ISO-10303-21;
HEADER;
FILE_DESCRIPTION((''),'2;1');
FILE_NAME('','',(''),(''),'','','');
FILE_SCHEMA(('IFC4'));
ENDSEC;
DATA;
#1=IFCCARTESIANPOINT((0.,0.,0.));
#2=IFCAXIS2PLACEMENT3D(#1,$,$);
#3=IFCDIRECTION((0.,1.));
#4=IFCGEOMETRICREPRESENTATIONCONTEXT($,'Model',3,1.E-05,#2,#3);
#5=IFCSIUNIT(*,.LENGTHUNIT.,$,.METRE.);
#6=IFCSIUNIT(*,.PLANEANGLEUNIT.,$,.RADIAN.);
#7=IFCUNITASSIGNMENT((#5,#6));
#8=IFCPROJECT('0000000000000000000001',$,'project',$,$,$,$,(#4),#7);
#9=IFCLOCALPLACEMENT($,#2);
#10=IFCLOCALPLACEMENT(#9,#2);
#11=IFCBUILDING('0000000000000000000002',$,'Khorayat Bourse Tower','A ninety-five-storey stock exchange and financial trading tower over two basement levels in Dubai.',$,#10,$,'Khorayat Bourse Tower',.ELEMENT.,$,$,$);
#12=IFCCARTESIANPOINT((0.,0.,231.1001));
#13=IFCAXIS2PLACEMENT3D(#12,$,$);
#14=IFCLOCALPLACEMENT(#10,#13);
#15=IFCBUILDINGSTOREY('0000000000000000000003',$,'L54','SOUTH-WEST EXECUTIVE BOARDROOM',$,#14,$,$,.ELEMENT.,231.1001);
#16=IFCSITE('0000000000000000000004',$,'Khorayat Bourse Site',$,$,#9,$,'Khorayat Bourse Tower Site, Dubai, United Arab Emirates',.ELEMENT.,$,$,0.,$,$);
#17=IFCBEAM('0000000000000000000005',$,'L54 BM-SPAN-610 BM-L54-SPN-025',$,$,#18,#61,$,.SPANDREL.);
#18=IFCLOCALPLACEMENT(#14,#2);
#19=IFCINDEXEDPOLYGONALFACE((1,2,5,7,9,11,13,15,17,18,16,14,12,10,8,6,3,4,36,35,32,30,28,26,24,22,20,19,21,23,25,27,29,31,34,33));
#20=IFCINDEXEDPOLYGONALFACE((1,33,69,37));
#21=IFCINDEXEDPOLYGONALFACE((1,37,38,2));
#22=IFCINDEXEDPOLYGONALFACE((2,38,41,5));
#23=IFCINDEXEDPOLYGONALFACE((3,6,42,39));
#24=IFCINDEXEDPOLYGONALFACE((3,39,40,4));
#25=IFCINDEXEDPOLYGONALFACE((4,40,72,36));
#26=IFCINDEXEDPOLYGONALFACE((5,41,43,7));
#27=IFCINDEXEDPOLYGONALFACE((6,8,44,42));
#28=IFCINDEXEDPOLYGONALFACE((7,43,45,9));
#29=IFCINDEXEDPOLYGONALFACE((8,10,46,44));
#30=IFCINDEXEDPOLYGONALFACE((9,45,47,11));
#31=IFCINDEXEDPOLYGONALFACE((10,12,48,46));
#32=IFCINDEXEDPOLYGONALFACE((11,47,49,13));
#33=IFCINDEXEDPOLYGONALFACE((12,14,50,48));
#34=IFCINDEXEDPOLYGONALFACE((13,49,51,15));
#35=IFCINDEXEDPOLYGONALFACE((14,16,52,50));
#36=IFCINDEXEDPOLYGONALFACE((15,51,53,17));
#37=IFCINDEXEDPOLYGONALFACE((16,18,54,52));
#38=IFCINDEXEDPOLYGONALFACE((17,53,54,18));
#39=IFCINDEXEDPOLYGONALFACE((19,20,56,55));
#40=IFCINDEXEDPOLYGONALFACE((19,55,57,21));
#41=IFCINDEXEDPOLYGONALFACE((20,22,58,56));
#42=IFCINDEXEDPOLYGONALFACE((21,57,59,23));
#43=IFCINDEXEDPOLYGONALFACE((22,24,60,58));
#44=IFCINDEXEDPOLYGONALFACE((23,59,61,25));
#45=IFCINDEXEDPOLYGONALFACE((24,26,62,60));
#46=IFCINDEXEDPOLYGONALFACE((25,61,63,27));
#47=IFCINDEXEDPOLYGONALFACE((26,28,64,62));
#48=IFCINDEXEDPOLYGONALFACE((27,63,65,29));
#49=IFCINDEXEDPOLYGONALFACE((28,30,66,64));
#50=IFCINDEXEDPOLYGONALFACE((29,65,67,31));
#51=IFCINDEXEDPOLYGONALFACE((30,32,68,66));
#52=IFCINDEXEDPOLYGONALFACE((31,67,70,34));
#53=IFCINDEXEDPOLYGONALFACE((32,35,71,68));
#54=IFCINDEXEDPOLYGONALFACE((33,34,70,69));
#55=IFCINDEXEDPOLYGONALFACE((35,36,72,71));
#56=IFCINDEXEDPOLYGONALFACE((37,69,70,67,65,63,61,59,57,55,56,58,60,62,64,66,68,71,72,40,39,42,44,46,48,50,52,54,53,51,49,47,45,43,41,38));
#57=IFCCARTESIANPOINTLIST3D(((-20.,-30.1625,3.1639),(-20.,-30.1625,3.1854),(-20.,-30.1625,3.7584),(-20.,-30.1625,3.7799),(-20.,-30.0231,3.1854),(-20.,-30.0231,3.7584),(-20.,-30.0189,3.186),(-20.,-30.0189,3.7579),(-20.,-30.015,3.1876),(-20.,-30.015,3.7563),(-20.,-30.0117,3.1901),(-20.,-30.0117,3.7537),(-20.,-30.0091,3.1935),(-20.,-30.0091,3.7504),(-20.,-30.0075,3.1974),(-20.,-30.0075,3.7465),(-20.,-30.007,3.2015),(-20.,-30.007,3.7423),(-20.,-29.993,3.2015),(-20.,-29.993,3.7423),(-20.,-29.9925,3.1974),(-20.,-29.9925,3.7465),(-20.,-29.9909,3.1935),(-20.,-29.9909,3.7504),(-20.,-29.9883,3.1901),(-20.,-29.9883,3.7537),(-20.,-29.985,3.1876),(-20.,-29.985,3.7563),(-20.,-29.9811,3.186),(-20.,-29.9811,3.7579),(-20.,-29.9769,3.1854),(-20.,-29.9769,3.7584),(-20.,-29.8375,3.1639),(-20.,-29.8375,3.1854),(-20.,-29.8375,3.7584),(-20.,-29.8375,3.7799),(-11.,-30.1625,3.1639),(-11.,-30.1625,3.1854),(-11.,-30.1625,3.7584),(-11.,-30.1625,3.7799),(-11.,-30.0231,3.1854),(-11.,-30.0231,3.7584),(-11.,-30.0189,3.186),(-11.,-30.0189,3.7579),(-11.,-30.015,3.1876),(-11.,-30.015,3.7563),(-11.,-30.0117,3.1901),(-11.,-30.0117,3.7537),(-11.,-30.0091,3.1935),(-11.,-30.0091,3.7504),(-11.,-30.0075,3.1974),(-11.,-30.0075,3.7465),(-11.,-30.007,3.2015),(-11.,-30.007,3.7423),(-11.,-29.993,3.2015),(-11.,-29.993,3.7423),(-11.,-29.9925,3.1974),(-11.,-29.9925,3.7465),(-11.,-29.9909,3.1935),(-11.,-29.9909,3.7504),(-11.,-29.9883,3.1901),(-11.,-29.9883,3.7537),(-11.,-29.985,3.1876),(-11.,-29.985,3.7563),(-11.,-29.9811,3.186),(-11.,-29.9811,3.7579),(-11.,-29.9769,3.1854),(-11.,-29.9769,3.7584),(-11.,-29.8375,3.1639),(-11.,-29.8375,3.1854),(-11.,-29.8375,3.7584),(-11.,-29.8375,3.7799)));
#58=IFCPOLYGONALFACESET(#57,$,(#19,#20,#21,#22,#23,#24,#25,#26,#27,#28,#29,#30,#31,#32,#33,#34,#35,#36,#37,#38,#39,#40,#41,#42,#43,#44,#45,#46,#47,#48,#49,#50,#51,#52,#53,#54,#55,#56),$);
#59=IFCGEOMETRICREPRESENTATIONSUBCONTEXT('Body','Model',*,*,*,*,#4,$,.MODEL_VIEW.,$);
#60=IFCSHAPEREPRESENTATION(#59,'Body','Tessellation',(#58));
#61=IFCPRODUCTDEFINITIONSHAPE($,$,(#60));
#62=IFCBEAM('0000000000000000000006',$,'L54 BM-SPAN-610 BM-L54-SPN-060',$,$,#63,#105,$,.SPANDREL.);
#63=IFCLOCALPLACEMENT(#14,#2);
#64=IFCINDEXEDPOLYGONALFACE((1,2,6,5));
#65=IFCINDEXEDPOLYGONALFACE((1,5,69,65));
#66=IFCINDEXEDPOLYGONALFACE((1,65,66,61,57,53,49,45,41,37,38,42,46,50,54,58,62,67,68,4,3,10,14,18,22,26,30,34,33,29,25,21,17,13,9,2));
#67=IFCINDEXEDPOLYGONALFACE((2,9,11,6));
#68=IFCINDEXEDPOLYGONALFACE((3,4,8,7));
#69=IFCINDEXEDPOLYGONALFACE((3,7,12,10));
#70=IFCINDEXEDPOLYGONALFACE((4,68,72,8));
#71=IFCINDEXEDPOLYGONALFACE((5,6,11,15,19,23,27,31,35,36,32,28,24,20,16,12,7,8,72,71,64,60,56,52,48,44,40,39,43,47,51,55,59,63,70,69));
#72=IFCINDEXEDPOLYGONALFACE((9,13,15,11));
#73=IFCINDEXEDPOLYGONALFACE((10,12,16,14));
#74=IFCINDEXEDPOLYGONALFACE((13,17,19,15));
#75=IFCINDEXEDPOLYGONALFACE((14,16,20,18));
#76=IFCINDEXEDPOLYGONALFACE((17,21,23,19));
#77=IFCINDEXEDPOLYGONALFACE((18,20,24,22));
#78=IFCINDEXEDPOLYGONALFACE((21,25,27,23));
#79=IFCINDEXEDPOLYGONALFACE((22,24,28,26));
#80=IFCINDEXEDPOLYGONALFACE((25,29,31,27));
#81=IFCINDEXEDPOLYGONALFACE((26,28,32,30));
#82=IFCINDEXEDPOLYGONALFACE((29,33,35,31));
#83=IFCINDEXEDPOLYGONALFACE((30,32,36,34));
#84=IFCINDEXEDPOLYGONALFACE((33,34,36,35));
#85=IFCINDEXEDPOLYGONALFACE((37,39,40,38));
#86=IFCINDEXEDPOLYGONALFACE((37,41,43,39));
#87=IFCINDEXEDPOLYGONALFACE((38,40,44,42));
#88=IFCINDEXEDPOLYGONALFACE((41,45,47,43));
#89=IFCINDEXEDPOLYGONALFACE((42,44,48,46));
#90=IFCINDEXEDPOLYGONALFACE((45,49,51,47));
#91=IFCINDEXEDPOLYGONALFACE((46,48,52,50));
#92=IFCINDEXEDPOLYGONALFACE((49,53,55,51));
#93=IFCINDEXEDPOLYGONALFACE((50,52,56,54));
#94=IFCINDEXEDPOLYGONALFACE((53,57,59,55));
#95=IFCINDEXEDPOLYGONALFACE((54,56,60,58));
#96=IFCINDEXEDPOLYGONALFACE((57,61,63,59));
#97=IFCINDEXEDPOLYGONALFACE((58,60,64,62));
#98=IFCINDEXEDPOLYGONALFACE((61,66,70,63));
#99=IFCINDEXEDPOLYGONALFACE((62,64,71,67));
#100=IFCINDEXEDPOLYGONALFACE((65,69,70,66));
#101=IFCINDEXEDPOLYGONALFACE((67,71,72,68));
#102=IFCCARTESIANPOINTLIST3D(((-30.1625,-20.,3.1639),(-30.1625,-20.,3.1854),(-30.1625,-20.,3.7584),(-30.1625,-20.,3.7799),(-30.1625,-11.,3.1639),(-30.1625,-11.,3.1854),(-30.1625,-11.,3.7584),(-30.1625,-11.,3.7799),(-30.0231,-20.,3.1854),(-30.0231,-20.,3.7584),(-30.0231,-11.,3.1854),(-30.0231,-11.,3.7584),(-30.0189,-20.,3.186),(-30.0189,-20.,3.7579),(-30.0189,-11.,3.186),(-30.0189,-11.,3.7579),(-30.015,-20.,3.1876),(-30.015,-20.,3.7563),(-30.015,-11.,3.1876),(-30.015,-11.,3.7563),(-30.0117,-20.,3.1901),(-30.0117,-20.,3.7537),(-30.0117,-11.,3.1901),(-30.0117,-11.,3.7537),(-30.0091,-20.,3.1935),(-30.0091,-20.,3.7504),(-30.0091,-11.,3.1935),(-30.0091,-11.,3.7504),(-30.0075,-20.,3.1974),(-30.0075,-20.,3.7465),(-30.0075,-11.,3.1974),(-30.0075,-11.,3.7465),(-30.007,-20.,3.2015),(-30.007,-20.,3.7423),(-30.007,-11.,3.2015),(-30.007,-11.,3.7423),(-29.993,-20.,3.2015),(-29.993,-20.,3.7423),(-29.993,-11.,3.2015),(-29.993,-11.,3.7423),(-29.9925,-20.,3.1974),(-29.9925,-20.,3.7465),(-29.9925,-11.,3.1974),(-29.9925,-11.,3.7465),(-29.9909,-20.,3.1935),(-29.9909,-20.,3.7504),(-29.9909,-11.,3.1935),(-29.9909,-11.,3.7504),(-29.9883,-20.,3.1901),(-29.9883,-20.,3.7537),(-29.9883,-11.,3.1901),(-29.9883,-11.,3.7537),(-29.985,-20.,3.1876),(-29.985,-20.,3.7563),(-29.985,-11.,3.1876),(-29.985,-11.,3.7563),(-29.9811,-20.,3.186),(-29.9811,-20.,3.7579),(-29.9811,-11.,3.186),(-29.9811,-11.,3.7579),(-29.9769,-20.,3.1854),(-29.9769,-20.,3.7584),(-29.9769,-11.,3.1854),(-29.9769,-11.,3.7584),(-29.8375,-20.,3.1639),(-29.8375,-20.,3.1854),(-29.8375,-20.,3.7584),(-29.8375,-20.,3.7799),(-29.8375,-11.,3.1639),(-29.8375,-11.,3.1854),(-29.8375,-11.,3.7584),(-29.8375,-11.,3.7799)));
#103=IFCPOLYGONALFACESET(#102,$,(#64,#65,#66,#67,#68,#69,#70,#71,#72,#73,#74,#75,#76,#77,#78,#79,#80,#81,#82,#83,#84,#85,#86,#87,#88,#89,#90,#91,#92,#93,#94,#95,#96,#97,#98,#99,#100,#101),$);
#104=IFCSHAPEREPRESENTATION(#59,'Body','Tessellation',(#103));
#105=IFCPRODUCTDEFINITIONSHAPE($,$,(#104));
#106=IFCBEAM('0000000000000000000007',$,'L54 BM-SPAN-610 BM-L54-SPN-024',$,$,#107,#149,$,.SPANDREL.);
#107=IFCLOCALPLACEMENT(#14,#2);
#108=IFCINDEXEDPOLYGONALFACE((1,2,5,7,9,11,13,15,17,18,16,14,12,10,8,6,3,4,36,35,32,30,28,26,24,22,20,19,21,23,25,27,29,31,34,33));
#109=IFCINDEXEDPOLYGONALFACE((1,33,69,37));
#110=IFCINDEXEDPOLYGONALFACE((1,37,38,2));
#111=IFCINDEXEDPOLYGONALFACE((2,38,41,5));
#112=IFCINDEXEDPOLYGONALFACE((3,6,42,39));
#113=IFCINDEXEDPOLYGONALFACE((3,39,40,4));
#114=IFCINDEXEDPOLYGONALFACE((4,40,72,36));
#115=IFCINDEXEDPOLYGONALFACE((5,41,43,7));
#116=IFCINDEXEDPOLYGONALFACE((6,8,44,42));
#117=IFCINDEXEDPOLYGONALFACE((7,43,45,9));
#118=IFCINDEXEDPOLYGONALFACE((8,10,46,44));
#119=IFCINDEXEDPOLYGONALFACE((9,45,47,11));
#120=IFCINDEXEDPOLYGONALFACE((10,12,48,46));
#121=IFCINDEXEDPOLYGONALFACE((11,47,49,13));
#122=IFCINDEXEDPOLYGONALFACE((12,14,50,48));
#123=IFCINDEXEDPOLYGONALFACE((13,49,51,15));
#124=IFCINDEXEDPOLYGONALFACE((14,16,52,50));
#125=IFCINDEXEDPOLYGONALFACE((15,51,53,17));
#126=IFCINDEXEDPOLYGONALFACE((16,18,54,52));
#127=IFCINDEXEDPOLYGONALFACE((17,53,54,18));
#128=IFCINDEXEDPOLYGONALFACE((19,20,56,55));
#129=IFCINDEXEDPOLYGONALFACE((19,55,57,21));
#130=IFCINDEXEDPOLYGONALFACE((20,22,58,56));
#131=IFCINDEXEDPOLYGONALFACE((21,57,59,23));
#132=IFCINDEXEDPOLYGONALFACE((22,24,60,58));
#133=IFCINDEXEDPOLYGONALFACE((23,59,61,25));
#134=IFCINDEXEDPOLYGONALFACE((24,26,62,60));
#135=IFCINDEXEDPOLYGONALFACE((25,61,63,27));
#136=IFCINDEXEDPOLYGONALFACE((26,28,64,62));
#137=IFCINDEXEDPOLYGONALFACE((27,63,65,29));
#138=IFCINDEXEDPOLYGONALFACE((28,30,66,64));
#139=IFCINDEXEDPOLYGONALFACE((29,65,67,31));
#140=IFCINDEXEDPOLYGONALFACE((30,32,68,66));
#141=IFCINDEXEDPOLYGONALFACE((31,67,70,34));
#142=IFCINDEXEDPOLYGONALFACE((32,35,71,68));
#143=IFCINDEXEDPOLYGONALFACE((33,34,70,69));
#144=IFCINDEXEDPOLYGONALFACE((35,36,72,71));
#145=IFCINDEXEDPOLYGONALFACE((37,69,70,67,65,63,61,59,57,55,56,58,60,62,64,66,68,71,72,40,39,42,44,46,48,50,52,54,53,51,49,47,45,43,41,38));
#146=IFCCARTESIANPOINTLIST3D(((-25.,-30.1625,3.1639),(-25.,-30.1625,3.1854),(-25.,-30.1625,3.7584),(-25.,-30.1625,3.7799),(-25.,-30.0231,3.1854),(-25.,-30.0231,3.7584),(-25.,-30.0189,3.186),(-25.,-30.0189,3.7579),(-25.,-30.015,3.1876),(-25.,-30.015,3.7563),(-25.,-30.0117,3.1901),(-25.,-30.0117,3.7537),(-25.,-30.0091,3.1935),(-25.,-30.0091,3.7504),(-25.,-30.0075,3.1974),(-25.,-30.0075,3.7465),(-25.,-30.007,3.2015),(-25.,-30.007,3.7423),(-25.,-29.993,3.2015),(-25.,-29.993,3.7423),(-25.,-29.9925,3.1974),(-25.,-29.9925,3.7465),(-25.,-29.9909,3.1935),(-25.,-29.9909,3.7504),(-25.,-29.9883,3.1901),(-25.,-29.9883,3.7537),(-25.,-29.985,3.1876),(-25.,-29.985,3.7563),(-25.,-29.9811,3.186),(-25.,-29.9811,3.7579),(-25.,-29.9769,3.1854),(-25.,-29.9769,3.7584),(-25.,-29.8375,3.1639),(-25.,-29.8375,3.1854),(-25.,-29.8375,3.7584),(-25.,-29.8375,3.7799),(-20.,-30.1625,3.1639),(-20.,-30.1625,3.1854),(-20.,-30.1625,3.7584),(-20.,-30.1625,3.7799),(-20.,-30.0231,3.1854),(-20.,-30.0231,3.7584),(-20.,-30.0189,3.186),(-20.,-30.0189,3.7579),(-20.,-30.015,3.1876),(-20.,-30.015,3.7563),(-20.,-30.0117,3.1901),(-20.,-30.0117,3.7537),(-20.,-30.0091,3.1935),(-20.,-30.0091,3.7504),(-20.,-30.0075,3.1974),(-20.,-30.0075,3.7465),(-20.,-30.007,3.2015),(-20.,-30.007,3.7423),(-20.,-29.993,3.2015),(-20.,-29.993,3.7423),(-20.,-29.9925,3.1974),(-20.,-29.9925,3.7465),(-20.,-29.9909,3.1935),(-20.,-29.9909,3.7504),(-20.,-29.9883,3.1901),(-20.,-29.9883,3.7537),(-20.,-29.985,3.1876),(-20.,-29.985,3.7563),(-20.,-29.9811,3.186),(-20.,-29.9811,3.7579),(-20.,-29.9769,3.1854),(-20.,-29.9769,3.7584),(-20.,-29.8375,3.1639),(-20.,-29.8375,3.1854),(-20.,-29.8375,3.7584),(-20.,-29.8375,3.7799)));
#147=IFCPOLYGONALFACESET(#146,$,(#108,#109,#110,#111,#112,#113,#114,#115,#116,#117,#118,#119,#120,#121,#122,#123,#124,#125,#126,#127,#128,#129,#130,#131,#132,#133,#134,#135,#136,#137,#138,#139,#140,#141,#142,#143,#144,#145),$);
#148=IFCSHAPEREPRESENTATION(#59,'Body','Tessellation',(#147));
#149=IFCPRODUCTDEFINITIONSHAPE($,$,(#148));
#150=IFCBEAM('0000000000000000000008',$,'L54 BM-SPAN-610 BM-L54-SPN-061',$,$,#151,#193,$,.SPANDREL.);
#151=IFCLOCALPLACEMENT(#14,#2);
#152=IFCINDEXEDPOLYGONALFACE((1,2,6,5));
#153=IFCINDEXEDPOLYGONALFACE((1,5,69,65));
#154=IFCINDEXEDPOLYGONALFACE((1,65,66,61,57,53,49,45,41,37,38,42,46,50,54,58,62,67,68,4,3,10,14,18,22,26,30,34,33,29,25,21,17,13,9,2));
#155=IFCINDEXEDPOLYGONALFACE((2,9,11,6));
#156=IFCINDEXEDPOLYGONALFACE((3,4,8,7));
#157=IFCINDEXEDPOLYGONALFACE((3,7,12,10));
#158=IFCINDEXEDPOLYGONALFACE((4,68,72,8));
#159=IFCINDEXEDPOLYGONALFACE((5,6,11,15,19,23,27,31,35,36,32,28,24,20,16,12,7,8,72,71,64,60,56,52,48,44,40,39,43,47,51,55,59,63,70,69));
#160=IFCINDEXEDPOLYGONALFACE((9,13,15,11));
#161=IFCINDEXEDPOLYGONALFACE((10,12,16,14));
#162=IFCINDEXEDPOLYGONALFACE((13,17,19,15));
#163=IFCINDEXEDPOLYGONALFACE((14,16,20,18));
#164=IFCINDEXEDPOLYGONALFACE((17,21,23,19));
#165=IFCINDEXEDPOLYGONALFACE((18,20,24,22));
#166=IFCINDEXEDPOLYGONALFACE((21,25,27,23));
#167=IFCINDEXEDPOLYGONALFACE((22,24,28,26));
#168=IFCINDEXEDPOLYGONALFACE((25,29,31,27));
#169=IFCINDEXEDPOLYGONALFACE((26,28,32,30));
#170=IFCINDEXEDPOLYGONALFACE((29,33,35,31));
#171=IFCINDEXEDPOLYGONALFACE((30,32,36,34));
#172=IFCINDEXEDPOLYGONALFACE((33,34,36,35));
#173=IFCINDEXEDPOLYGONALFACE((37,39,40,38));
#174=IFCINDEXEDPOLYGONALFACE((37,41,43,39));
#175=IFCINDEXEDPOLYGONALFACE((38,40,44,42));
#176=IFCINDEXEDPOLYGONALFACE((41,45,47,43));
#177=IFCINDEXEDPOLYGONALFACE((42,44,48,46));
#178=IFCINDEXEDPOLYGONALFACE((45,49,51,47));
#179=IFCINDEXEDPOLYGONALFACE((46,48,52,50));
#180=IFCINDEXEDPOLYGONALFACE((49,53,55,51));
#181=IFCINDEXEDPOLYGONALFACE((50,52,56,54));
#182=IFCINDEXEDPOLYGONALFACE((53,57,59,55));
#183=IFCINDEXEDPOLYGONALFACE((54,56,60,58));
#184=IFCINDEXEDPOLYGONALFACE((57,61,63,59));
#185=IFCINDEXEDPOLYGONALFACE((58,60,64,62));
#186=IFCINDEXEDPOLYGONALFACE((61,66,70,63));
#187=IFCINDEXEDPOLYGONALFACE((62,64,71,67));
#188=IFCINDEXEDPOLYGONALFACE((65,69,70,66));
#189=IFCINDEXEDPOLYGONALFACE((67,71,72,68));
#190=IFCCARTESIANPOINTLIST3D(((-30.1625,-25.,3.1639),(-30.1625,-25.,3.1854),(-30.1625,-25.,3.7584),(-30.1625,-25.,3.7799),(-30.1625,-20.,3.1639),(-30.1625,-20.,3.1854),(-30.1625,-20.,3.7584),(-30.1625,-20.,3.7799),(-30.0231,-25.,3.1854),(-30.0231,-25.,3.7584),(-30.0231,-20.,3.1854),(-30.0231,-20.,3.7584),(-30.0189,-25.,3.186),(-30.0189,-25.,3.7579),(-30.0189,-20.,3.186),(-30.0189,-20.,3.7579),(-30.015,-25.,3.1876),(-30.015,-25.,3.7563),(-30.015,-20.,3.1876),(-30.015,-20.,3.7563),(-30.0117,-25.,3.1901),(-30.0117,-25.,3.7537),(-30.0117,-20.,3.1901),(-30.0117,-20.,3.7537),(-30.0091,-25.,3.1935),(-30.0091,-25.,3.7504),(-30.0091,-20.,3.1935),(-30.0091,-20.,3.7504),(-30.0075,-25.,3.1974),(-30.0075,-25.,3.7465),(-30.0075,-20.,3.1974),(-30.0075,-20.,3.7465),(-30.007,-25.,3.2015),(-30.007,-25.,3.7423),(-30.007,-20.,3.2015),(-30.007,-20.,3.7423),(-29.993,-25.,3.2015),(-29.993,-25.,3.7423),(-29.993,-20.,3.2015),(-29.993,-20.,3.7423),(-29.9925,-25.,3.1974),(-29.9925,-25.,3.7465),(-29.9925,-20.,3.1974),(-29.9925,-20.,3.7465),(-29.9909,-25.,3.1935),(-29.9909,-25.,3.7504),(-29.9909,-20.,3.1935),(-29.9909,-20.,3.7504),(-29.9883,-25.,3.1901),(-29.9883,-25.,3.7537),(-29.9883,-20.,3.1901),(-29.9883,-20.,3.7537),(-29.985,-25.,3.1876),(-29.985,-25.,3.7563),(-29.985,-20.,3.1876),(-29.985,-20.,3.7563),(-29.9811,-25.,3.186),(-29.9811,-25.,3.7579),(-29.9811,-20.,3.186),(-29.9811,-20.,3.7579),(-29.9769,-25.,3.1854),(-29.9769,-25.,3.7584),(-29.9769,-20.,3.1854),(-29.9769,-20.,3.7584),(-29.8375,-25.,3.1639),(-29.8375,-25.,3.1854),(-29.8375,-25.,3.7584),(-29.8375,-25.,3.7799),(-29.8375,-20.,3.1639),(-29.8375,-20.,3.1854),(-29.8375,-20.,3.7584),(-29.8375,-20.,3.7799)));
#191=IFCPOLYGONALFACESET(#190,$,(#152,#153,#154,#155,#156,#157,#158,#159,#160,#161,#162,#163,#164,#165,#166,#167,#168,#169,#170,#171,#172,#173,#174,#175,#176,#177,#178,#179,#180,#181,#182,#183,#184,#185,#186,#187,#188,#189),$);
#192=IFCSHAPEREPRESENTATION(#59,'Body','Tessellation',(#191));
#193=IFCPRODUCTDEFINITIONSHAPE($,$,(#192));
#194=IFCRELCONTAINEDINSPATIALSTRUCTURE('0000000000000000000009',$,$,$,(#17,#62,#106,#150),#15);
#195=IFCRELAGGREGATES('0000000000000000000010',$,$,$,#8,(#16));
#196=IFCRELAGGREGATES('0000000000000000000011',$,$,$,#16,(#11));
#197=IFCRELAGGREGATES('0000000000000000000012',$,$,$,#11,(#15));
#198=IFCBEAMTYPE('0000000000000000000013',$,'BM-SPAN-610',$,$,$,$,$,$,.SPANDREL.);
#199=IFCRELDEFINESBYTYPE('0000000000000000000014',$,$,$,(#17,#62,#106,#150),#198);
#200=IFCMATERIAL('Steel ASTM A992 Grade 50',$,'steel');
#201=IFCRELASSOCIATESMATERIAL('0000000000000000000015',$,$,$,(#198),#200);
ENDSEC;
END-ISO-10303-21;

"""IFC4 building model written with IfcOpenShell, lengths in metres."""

from ifc_helpers import new_model, si_unit, direction, frame, origin, origin_2d, place, context, subcontext, project, spatial, i_section, extrude, source, transform, mapped, material, material_profile, profile_set, type_object, element, save


model = new_model("IFC4")

# Units and contexts
model_context = context("Model", 3, precision=1e-05, world=origin(), true_north=direction((0.0, 1.0)))
body_context = subcontext(model_context, "Body", "Model", "MODEL_VIEW")
ifc_project = project(units=[si_unit("LENGTHUNIT", "METRE"), si_unit("PLANEANGLEUNIT", "RADIAN")], contexts=[model_context])

# Site, building, storey
site_placement = place(None, origin())
site = spatial("IfcSite", under=ifc_project, at=site_placement, Name="Khorayat Bourse Site", LongName="Khorayat Bourse Tower Site, Dubai, United Arab Emirates", CompositionType="ELEMENT", RefElevation=0.0)
building_placement = place(site_placement, origin())
building = spatial("IfcBuilding", under=site, at=building_placement, Name="Khorayat Bourse Tower", Description="A ninety-five-storey stock exchange and financial trading tower over two basement levels in Dubai.", LongName="Khorayat Bourse Tower", CompositionType="ELEMENT")
storey_placement = place(building_placement, frame((0.0, 0.0, 231.1001)))
storey = spatial("IfcBuildingStorey", under=building, at=storey_placement, Name="L54", Description="SOUTH-WEST EXECUTIVE BOARDROOM", CompositionType="ELEMENT", Elevation=231.1001)

# Beams
ifc_material_1 = material(Name="Steel ASTM A992 Grade 50", Category="steel")
ifc_material_profile_1 = material_profile(ifc_material_1, i_section(OverallWidth=0.325, OverallDepth=0.616, WebThickness=0.0139, FlangeThickness=0.0215, FilletRadius=0.0161, at=origin_2d()), Name="W610X174")
ifc_profile_set_1 = profile_set([ifc_material_profile_1], Name="Steel ASTM A992 Grade 50")
beam_type_1 = type_object("IfcBeamType", Name="BM-SPAN-610", PredefinedType="SPANDREL", material=ifc_profile_set_1)
shared_shape_1 = source(origin(), body_context, "Body", "SweptSolid", [
    extrude(i_section(OverallWidth=0.325, OverallDepth=0.616, WebThickness=0.0139, FlangeThickness=0.0215, FilletRadius=0.0161, at=origin_2d()), origin(), (0.0, 0.0, 1.0), 9.0),
])
for number, where, z_axis, x_axis, name in (
    (1, (-20.0, -30.0, 3.4719), (1.0, 0.0, 0.0), (0.0, 1.0, 0.0), "L54 BM-SPAN-610 BM-L54-SPN-025"),
    (2, (-30.0, -20.0, 3.4719), (0.0, 1.0, 0.0), (-1.0, 0.0, 0.0), "L54 BM-SPAN-610 BM-L54-SPN-060"),
):
    element("IfcBeam", number, at=place(storey_placement, frame(where, z_axis=z_axis, x_axis=x_axis)), inside=storey, type_object=beam_type_1, Name=name, PredefinedType="SPANDREL", context=body_context, shape_type="MappedRepresentation", body=[
        mapped(shared_shape_1, transform((0.0, 0.0, 0.0), scale=1.0)),
    ])
shared_shape_2 = source(origin(), body_context, "Body", "SweptSolid", [
    extrude(i_section(OverallWidth=0.325, OverallDepth=0.616, WebThickness=0.0139, FlangeThickness=0.0215, FilletRadius=0.0161, at=origin_2d()), origin(), (0.0, 0.0, 1.0), 5.0),
])
for number, where, z_axis, x_axis, name in (
    (3, (-25.0, -30.0, 3.4719), (1.0, 0.0, 0.0), (0.0, 1.0, 0.0), "L54 BM-SPAN-610 BM-L54-SPN-024"),
    (4, (-30.0, -25.0, 3.4719), (0.0, 1.0, 0.0), (-1.0, 0.0, 0.0), "L54 BM-SPAN-610 BM-L54-SPN-061"),
):
    element("IfcBeam", number, at=place(storey_placement, frame(where, z_axis=z_axis, x_axis=x_axis)), inside=storey, type_object=beam_type_1, Name=name, PredefinedType="SPANDREL", context=body_context, shape_type="MappedRepresentation", body=[
        mapped(shared_shape_2, transform((0.0, 0.0, 0.0), scale=1.0)),
    ])

save(model, "model.ifc")
